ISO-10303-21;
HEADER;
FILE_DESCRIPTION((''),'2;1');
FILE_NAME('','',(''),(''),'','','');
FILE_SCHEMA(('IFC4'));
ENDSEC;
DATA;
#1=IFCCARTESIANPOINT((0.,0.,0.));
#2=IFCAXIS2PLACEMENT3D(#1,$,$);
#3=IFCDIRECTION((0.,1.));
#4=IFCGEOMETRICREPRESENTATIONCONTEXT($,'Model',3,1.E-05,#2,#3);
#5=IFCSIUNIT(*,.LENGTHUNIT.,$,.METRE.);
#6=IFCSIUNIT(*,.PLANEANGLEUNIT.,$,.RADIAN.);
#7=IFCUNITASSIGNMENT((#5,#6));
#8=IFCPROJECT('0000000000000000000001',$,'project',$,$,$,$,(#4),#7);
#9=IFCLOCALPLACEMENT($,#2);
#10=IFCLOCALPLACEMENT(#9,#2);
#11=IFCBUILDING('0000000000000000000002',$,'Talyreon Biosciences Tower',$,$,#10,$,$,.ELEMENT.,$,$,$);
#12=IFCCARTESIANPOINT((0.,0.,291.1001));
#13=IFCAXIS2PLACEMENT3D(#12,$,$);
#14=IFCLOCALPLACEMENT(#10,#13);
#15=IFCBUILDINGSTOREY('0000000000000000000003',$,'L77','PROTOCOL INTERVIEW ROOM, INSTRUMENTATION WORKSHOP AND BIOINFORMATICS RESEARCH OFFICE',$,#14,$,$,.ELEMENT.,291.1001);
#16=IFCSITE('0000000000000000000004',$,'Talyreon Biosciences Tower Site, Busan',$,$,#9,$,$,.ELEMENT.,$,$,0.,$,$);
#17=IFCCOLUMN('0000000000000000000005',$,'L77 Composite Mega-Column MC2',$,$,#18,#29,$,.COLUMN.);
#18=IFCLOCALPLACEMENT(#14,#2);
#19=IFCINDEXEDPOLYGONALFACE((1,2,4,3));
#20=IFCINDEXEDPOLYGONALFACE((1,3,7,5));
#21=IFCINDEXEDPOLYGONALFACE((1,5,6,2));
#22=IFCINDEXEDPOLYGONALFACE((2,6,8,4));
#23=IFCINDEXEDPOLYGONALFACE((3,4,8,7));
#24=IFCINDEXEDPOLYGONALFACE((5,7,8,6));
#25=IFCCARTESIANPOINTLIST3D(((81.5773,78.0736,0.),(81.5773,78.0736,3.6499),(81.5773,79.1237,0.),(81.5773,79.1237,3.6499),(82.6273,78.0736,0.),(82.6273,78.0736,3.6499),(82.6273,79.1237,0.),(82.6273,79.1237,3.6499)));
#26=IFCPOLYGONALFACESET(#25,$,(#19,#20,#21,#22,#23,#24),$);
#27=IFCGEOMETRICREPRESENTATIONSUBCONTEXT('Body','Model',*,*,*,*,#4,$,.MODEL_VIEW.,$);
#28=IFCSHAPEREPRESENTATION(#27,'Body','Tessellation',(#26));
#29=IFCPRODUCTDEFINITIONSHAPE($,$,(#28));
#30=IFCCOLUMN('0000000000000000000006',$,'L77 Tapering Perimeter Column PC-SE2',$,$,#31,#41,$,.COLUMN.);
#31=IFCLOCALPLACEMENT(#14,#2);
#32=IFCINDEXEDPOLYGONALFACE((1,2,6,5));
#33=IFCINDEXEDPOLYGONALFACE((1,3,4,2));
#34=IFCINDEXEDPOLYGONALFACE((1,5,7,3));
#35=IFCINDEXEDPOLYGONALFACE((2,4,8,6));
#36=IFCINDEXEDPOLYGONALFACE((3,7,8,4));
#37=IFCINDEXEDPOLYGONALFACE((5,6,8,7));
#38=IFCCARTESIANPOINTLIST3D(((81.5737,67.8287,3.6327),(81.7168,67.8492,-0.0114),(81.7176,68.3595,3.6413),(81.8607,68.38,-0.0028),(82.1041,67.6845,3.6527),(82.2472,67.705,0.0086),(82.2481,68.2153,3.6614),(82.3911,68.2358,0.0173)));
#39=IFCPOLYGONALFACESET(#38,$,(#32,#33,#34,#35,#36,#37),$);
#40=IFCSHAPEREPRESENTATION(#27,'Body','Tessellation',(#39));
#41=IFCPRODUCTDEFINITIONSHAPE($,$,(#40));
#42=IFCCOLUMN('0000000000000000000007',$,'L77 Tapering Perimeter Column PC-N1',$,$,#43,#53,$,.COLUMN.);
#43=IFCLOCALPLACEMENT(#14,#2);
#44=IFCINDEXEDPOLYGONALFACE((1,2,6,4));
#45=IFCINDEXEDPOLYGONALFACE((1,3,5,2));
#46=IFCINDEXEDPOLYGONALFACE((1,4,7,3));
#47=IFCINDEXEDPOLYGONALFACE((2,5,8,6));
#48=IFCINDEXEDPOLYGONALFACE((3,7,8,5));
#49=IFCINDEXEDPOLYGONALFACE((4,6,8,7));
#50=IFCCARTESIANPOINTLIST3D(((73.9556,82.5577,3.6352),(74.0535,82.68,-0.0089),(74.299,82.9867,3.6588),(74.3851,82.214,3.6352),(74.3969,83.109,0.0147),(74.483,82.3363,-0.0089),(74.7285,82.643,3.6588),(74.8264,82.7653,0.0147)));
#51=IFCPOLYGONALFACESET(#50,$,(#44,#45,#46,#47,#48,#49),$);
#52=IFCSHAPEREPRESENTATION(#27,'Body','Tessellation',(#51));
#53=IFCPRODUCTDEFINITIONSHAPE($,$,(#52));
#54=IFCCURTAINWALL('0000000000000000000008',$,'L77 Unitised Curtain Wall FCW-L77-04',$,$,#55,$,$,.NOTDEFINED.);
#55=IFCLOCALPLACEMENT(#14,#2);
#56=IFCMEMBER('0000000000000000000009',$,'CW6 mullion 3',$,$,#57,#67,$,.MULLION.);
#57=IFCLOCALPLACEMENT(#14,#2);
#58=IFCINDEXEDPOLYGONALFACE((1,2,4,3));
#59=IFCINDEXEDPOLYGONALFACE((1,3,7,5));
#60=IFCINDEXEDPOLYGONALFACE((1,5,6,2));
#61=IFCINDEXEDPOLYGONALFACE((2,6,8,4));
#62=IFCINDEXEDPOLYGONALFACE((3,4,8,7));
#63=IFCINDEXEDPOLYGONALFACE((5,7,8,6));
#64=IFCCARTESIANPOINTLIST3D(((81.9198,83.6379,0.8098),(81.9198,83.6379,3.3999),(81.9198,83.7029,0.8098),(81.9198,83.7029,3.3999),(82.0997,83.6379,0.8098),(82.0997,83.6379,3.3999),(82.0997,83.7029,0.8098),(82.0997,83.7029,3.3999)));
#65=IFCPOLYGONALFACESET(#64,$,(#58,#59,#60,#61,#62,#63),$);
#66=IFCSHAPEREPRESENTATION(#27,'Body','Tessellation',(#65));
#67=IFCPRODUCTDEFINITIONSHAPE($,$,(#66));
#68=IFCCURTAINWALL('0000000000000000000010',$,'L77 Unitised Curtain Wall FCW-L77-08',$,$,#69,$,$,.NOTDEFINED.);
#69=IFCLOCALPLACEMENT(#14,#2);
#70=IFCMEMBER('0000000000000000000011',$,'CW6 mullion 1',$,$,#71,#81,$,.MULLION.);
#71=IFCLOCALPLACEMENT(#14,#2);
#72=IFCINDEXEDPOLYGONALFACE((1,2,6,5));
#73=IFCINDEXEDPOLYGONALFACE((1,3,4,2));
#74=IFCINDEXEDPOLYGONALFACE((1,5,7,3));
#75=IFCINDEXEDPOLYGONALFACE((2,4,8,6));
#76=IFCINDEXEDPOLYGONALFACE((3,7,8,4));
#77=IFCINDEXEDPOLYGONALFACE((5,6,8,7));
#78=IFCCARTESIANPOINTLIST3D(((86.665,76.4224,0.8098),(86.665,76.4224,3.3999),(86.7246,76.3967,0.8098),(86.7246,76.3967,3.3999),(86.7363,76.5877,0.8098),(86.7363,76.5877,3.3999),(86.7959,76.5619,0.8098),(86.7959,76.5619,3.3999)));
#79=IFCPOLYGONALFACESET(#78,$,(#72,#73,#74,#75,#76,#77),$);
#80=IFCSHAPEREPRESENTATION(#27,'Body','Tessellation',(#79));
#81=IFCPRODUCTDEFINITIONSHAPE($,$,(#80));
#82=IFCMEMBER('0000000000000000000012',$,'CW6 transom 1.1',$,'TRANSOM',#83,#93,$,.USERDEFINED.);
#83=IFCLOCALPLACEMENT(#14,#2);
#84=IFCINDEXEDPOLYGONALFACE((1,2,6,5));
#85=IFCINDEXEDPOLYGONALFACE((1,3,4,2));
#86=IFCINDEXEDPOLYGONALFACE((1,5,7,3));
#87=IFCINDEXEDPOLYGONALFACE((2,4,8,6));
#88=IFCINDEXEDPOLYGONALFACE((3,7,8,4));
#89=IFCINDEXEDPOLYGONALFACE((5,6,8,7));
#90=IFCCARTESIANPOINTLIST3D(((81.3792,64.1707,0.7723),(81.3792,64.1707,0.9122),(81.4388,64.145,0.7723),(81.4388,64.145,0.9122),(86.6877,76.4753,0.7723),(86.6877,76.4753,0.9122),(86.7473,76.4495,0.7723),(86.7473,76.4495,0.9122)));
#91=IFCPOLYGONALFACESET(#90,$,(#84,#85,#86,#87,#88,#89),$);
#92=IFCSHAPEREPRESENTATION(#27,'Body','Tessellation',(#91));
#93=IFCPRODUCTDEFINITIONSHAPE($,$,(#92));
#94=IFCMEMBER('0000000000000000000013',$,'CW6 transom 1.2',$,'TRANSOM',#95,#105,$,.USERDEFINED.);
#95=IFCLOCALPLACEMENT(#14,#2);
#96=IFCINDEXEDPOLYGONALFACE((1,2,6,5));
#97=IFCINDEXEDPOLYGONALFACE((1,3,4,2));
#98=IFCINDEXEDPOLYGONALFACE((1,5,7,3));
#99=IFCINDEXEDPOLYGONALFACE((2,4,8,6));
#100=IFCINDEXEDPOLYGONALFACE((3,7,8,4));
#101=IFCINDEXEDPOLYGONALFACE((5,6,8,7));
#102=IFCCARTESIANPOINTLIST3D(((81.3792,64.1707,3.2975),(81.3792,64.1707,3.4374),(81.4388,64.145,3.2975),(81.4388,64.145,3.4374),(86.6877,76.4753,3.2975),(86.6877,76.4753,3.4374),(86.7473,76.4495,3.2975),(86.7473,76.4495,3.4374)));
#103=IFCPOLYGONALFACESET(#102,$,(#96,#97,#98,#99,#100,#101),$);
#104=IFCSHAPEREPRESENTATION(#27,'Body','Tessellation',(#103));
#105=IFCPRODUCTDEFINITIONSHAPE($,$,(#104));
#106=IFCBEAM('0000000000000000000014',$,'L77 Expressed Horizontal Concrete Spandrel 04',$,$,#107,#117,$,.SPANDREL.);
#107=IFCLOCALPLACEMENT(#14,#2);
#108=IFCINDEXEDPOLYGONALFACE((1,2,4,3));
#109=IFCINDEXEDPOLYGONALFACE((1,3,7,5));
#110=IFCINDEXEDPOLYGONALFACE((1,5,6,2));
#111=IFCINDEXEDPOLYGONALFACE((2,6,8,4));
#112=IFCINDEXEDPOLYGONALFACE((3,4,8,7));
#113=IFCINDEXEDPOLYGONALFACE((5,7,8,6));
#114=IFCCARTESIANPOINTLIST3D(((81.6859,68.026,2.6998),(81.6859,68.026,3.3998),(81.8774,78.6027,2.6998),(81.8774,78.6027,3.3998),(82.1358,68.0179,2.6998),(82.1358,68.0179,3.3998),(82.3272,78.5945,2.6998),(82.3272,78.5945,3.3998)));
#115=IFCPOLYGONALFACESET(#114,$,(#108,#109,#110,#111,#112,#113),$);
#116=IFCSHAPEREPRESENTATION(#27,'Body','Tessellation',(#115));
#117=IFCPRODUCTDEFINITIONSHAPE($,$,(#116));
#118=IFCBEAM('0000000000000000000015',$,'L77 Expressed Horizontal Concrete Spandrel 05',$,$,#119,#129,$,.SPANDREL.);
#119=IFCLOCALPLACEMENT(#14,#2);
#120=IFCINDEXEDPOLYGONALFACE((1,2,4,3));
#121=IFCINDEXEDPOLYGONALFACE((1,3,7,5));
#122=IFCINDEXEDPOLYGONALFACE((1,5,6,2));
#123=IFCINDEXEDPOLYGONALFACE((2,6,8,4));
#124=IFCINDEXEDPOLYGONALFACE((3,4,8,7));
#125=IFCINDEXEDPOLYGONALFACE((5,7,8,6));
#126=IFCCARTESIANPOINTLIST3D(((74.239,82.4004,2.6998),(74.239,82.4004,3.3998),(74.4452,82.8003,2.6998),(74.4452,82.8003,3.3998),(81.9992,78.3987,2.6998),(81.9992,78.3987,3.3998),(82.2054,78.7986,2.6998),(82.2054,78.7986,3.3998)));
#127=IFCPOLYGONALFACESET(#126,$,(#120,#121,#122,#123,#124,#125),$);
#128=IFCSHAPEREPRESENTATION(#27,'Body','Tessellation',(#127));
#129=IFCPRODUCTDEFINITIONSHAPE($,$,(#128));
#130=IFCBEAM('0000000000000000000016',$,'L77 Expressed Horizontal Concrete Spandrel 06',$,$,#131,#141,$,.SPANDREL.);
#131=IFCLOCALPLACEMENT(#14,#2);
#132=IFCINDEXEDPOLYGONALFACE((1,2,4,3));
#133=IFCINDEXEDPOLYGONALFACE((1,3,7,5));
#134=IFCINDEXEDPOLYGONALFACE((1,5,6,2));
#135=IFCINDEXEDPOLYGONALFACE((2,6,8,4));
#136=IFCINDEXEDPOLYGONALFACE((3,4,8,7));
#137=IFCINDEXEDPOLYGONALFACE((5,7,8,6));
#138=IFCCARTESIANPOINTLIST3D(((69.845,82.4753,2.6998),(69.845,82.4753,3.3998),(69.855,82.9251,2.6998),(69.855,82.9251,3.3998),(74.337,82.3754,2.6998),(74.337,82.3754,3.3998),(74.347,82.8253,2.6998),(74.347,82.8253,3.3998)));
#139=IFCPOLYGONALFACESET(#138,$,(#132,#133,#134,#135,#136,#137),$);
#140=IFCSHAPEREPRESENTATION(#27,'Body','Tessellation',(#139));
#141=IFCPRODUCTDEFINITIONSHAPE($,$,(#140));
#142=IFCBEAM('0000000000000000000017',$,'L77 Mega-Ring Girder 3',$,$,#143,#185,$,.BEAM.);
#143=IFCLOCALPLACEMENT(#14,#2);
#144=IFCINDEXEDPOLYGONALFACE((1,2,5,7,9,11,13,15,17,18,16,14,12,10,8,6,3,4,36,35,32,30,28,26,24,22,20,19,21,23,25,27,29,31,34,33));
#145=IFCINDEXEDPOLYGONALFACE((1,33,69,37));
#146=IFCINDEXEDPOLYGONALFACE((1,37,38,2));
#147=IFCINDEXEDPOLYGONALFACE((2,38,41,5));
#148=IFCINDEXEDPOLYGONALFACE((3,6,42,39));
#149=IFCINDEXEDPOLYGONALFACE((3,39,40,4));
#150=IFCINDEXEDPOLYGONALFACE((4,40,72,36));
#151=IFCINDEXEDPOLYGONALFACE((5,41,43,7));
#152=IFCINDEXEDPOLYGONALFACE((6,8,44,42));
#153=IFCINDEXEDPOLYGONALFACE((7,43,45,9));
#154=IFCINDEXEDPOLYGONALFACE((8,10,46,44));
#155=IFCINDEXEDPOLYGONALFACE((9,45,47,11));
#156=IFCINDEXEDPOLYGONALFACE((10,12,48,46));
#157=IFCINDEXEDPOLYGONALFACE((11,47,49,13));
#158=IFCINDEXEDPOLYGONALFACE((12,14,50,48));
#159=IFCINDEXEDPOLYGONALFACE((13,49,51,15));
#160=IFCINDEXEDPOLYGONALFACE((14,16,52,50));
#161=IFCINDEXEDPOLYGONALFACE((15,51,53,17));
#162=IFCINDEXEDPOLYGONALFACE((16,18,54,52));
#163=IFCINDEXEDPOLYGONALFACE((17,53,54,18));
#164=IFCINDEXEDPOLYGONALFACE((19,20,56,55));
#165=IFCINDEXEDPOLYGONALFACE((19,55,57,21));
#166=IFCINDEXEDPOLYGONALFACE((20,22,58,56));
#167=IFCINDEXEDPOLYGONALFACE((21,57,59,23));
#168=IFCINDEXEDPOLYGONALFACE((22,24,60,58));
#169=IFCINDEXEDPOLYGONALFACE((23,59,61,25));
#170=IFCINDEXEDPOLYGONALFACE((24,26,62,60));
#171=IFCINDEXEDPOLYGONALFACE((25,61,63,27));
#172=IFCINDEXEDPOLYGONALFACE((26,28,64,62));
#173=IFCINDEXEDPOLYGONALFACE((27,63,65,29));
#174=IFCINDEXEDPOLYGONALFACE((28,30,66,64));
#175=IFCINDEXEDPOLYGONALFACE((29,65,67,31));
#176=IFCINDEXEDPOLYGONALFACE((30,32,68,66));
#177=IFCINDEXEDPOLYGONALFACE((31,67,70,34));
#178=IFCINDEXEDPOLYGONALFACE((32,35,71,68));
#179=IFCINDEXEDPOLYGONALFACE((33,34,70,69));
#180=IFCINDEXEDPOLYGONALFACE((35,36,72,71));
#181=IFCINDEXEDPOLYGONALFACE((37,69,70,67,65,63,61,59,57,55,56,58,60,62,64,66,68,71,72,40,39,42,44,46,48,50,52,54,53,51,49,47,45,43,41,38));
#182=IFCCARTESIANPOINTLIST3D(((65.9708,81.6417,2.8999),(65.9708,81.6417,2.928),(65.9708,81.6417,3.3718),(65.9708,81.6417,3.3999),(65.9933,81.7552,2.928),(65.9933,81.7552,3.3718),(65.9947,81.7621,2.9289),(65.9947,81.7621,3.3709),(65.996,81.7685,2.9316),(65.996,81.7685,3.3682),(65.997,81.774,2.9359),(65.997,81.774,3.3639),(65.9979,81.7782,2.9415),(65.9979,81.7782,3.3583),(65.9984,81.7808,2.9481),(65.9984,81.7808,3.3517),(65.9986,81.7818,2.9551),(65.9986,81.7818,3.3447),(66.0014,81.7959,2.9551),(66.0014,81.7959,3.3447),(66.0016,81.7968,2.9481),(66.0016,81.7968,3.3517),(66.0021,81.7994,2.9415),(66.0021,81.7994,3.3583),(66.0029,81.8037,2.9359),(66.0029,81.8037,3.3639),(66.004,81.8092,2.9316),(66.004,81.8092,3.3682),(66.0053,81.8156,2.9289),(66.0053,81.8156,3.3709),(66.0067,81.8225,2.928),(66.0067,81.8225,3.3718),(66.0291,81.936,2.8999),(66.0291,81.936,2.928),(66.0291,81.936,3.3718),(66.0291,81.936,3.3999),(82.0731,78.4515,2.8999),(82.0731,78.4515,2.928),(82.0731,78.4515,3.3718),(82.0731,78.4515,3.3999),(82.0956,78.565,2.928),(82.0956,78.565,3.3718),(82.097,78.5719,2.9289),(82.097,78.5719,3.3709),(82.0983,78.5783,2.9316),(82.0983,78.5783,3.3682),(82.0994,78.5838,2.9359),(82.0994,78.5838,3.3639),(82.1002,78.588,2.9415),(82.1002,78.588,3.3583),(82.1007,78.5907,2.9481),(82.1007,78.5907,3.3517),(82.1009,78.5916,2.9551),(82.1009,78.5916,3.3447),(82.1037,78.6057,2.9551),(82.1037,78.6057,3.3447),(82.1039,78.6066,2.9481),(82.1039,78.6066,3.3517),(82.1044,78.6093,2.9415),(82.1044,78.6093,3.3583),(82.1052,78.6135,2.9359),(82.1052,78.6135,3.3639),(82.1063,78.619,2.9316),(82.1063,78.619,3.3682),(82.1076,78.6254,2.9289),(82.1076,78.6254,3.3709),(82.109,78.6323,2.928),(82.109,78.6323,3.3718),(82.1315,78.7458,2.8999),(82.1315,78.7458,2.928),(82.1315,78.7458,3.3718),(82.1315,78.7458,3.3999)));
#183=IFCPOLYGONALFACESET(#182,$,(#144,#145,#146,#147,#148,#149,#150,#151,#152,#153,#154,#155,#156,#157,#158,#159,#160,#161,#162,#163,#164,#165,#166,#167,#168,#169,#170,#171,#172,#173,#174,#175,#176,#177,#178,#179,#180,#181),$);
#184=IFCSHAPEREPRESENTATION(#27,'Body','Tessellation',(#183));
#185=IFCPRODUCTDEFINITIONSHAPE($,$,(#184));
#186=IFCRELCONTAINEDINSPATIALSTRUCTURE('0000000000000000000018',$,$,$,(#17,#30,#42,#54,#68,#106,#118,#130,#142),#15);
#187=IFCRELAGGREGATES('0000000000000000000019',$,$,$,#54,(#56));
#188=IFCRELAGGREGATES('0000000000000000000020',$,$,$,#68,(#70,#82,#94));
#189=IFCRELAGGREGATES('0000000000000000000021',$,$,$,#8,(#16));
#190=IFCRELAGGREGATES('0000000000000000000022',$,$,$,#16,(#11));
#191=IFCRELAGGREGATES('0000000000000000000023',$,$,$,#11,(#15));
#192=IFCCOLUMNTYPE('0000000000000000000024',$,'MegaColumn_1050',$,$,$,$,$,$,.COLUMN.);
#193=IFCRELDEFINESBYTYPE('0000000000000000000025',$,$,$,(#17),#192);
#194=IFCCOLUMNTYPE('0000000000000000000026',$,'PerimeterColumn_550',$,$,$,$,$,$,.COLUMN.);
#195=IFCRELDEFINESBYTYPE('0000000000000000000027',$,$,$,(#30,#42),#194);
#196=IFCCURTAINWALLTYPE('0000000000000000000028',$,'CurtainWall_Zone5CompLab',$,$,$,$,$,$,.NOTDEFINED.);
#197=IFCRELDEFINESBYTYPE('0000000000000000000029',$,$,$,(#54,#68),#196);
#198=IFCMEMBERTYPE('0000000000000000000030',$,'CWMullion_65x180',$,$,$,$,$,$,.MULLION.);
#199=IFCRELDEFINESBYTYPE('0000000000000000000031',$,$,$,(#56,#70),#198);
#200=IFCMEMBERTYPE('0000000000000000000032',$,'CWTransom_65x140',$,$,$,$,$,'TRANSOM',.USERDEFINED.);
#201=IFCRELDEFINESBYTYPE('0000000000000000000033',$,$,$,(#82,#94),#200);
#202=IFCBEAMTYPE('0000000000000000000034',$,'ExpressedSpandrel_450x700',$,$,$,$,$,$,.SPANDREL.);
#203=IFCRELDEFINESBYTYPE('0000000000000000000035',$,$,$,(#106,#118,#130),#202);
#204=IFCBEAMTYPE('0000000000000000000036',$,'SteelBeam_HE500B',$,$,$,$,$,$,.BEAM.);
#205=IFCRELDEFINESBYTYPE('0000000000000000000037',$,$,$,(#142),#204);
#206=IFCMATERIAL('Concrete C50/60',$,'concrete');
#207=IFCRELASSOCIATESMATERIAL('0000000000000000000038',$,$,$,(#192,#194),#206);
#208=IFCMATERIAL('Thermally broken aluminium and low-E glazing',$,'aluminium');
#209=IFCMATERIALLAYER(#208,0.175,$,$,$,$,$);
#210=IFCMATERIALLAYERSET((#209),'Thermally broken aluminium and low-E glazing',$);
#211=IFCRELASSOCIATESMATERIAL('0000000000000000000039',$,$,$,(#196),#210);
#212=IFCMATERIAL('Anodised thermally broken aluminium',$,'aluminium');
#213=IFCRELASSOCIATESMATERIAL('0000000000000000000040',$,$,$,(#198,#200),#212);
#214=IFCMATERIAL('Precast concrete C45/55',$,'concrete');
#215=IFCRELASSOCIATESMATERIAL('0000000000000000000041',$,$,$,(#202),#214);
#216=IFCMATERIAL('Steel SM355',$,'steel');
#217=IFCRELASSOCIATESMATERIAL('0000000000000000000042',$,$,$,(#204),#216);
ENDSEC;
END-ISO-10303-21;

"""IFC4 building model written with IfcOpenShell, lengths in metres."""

from ifc_helpers import new_model, si_unit, direction, frame, origin, origin_2d, place, context, subcontext, project, spatial, rectangle, i_section, extrude, material, layer, layer_set, material_profile, profile_set, type_object, element, aggregate, save


model = new_model("IFC4")

# Units and contexts
model_context = context("Model", 3, precision=1e-05, world=origin(), true_north=direction((0.0, 1.0)))
body_context = subcontext(model_context, "Body", "Model", "MODEL_VIEW")
ifc_project = project(units=[si_unit("LENGTHUNIT", "METRE"), si_unit("PLANEANGLEUNIT", "RADIAN")], contexts=[model_context])

# Site, building, storey
site_placement = place(None, origin())
site = spatial("IfcSite", under=ifc_project, at=site_placement, Name="Talyreon Biosciences Tower Site, Busan", CompositionType="ELEMENT", RefElevation=0.0)
building_placement = place(site_placement, origin())
building = spatial("IfcBuilding", under=site, at=building_placement, Name="Talyreon Biosciences Tower", CompositionType="ELEMENT")
storey_placement = place(building_placement, frame((0.0, 0.0, 291.1001)))
storey = spatial("IfcBuildingStorey", under=building, at=storey_placement, Name="L77", Description="PROTOCOL INTERVIEW ROOM, INSTRUMENTATION WORKSHOP AND BIOINFORMATICS RESEARCH OFFICE", CompositionType="ELEMENT", Elevation=291.1001)

# Columns
ifc_material_1 = material(Name="Concrete C50/60", Category="concrete")
ifc_material_profile_1 = material_profile(ifc_material_1, rectangle(XDim=1.05, YDim=1.05, at=origin_2d()), Name="RC 1050x1050")
ifc_profile_set_1 = profile_set([ifc_material_profile_1], Name="Concrete C50/60")
column_type_1 = type_object("IfcColumnType", Name="MegaColumn_1050", PredefinedType="COLUMN", material=ifc_profile_set_1)
column_1_placement = place(storey_placement, frame((82.1023, 78.5986, 0.0), z_axis=(0.0, 0.0, 1.0), x_axis=(1.0, 0.0, 0.0)))
element("IfcColumn", 1, at=column_1_placement, inside=storey, type_object=column_type_1, Name="L77 Composite Mega-Column MC2", PredefinedType="COLUMN", context=body_context, shape_type="SweptSolid", body=[
    extrude(rectangle(XDim=1.05, YDim=1.05, at=origin_2d()), origin(), (0.0, 0.0, 1.0), 3.6499),
])
ifc_material_profile_2 = material_profile(ifc_material_1, rectangle(XDim=0.55, YDim=0.55, at=origin_2d()), Name="RC 550x550")
ifc_profile_set_2 = profile_set([ifc_material_profile_2], Name="Concrete C50/60")
column_type_2 = type_object("IfcColumnType", Name="PerimeterColumn_550", PredefinedType="COLUMN", material=ifc_profile_set_2)
column_2_placement = place(storey_placement, frame((82.054, 68.0425, 0.0029), z_axis=(-0.03923, -0.005623, 0.999214), x_axis=(0.964355, -0.262098, 0.036386)))
element("IfcColumn", 2, at=column_2_placement, inside=storey, type_object=column_type_2, Name="L77 Tapering Perimeter Column PC-SE2", PredefinedType="COLUMN", context=body_context, shape_type="SweptSolid", body=[
    extrude(rectangle(XDim=0.55, YDim=0.55, at=origin_2d()), origin(), (0.0, 0.0, 1.0), 3.647),
])
column_3_placement = place(storey_placement, frame((74.4399, 82.7227, 0.0029), z_axis=(-0.026841, -0.033535, 0.999077), x_axis=(-0.780717, 0.624885, 0.0)))
element("IfcColumn", 3, at=column_3_placement, inside=storey, type_object=column_type_2, Name="L77 Tapering Perimeter Column PC-N1", PredefinedType="COLUMN", context=body_context, shape_type="SweptSolid", body=[
    extrude(rectangle(XDim=0.55, YDim=0.55, at=origin_2d()), origin(), (0.0, 0.0, 1.0), 3.6475),
])

# Curtain wall, member
ifc_material_2 = material(Name="Thermally broken aluminium and low-E glazing", Category="aluminium")
ifc_layer_1 = layer(ifc_material_2, 0.175)
ifc_layer_set_1 = layer_set([ifc_layer_1], Name="Thermally broken aluminium and low-E glazing")
curtain_wall_type = type_object("IfcCurtainWallType", Name="CurtainWall_Zone5CompLab", PredefinedType="NOTDEFINED", material=ifc_layer_set_1)
curtain_wall_1_placement = place(storey_placement, origin())
curtain_wall_1 = element("IfcCurtainWall", 4, at=curtain_wall_1_placement, inside=storey, type_object=curtain_wall_type, Name="L77 Unitised Curtain Wall FCW-L77-04", PredefinedType="NOTDEFINED")
ifc_material_3 = material(Name="Anodised thermally broken aluminium", Category="aluminium")
ifc_material_profile_3 = material_profile(ifc_material_3, rectangle(XDim=0.0649, YDim=0.1799, at=origin_2d()), Name="ALUM MULLION 65x180")
ifc_profile_set_3 = profile_set([ifc_material_profile_3], Name="Anodised thermally broken aluminium")
member_type_1 = type_object("IfcMemberType", Name="CWMullion_65x180", PredefinedType="MULLION", material=ifc_profile_set_3)
member_1_placement = place(storey_placement, frame((82.0098, 83.6704, 0.8098), z_axis=(0.0, 0.0, 1.0), x_axis=(0.0, 1.0, 0.0)))
member_1 = element("IfcMember", 5, at=member_1_placement, type_object=member_type_1, Name="CW6 mullion 3", PredefinedType="MULLION", context=body_context, shape_type="SweptSolid", body=[
    extrude(rectangle(XDim=0.0649, YDim=0.1799, at=origin_2d()), origin(), (0.0, 0.0, 1.0), 2.5901),
])
aggregate(curtain_wall_1, [member_1])

# Curtain wall, members
curtain_wall_2_placement = place(storey_placement, origin())
curtain_wall_2 = element("IfcCurtainWall", 6, at=curtain_wall_2_placement, inside=storey, type_object=curtain_wall_type, Name="L77 Unitised Curtain Wall FCW-L77-08", PredefinedType="NOTDEFINED")
member_2_placement = place(storey_placement, frame((86.7305, 76.4922, 0.8098), z_axis=(0.0, 0.0, 1.0), x_axis=(0.918187, -0.396147, 0.0)))
member_2 = element("IfcMember", 7, at=member_2_placement, type_object=member_type_1, Name="CW6 mullion 1", PredefinedType="MULLION", context=body_context, shape_type="SweptSolid", body=[
    extrude(rectangle(XDim=0.0649, YDim=0.1799, at=origin_2d()), origin(), (0.0, 0.0, 1.0), 2.5901),
])
ifc_material_profile_4 = material_profile(ifc_material_3, rectangle(XDim=0.0649, YDim=0.1399, at=origin_2d()), Name="ALUM TRANSOM 65x140")
ifc_profile_set_4 = profile_set([ifc_material_profile_4], Name="Anodised thermally broken aluminium")
member_type_2 = type_object("IfcMemberType", Name="CWTransom_65x140", ElementType="TRANSOM", PredefinedType="USERDEFINED", material=ifc_profile_set_4)
member_3_placement = place(storey_placement, frame((86.7175, 76.4624, 0.8423), z_axis=(-0.396134, -0.918193, 0.0), x_axis=(0.918193, -0.396134, 0.0)))
member_3 = element("IfcMember", 8, at=member_3_placement, type_object=member_type_2, Name="CW6 transom 1.1", ObjectType="TRANSOM", PredefinedType="USERDEFINED", context=body_context, shape_type="SweptSolid", body=[
    extrude(rectangle(XDim=0.0649, YDim=0.1399, at=origin_2d()), origin(), (0.0, 0.0, 1.0), 13.4009),
])
member_4_placement = place(storey_placement, frame((86.7175, 76.4624, 3.3674), z_axis=(-0.396134, -0.918193, 0.0), x_axis=(0.918193, -0.396134, 0.0)))
member_4 = element("IfcMember", 9, at=member_4_placement, type_object=member_type_2, Name="CW6 transom 1.2", ObjectType="TRANSOM", PredefinedType="USERDEFINED", context=body_context, shape_type="SweptSolid", body=[
    extrude(rectangle(XDim=0.0649, YDim=0.1399, at=origin_2d()), origin(), (0.0, 0.0, 1.0), 13.4009),
])

# Beams
ifc_material_4 = material(Name="Precast concrete C45/55", Category="concrete")
ifc_material_profile_5 = material_profile(ifc_material_4, rectangle(XDim=0.45, YDim=0.7, at=origin_2d()), Name="RCB 450x700")
ifc_profile_set_5 = profile_set([ifc_material_profile_5], Name="Precast concrete C45/55")
beam_type_1 = type_object("IfcBeamType", Name="ExpressedSpandrel_450x700", PredefinedType="SPANDREL", material=ifc_profile_set_5)
beam_1_placement = place(storey_placement, frame((81.9109, 68.022, 3.0498), z_axis=(0.018094, 0.999836, 0.0), x_axis=(-0.999836, 0.018094, 0.0)))
element("IfcBeam", 10, at=beam_1_placement, inside=storey, type_object=beam_type_1, Name="L77 Expressed Horizontal Concrete Spandrel 04", PredefinedType="SPANDREL", context=body_context, shape_type="SweptSolid", body=[
    extrude(rectangle(XDim=0.45, YDim=0.7, at=origin_2d()), origin(), (0.0, 0.0, 1.0), 10.5784),
])
beam_2_placement = place(storey_placement, frame((82.1023, 78.5986, 3.0498), z_axis=(-0.888788, 0.458319, 0.0), x_axis=(-0.458319, -0.888788, 0.0)))
element("IfcBeam", 11, at=beam_2_placement, inside=storey, type_object=beam_type_1, Name="L77 Expressed Horizontal Concrete Spandrel 05", PredefinedType="SPANDREL", context=body_context, shape_type="SweptSolid", body=[
    extrude(rectangle(XDim=0.45, YDim=0.7, at=origin_2d()), origin(), (0.0, 0.0, 1.0), 8.7312),
])
beam_3_placement = place(storey_placement, frame((74.342, 82.6003, 3.0498), z_axis=(-0.999753, 0.022224, 0.0), x_axis=(-0.022224, -0.999753, 0.0)))
element("IfcBeam", 12, at=beam_3_placement, inside=storey, type_object=beam_type_1, Name="L77 Expressed Horizontal Concrete Spandrel 06", PredefinedType="SPANDREL", context=body_context, shape_type="SweptSolid", body=[
    extrude(rectangle(XDim=0.45, YDim=0.7, at=origin_2d()), origin(), (0.0, 0.0, 1.0), 4.4932),
])
ifc_material_5 = material(Name="Steel SM355", Category="steel")
ifc_material_profile_6 = material_profile(ifc_material_5, i_section(OverallWidth=0.3, OverallDepth=0.5, WebThickness=0.0144, FlangeThickness=0.0281, FilletRadius=0.0271, at=origin_2d()), Name="HE500B")
ifc_profile_set_6 = profile_set([ifc_material_profile_6], Name="Steel SM355")
beam_type_2 = type_object("IfcBeamType", Name="SteelBeam_HE500B", PredefinedType="BEAM", material=ifc_profile_set_6)
beam_4_placement = place(storey_placement, frame((82.1023, 78.5986, 3.1499), z_axis=(-0.980934, 0.194343, 0.0), x_axis=(-0.194343, -0.980934, 0.0)))
element("IfcBeam", 13, at=beam_4_placement, inside=storey, type_object=beam_type_2, Name="L77 Mega-Ring Girder 3", PredefinedType="BEAM", context=body_context, shape_type="SweptSolid", body=[
    extrude(i_section(OverallWidth=0.3, OverallDepth=0.5, WebThickness=0.0144, FlangeThickness=0.0281, FilletRadius=0.0271, at=origin_2d()), origin(), (0.0, 0.0, 1.0), 16.4153),
])

aggregate(curtain_wall_2, [member_2, member_3, member_4])

save(model, "model.ifc")
